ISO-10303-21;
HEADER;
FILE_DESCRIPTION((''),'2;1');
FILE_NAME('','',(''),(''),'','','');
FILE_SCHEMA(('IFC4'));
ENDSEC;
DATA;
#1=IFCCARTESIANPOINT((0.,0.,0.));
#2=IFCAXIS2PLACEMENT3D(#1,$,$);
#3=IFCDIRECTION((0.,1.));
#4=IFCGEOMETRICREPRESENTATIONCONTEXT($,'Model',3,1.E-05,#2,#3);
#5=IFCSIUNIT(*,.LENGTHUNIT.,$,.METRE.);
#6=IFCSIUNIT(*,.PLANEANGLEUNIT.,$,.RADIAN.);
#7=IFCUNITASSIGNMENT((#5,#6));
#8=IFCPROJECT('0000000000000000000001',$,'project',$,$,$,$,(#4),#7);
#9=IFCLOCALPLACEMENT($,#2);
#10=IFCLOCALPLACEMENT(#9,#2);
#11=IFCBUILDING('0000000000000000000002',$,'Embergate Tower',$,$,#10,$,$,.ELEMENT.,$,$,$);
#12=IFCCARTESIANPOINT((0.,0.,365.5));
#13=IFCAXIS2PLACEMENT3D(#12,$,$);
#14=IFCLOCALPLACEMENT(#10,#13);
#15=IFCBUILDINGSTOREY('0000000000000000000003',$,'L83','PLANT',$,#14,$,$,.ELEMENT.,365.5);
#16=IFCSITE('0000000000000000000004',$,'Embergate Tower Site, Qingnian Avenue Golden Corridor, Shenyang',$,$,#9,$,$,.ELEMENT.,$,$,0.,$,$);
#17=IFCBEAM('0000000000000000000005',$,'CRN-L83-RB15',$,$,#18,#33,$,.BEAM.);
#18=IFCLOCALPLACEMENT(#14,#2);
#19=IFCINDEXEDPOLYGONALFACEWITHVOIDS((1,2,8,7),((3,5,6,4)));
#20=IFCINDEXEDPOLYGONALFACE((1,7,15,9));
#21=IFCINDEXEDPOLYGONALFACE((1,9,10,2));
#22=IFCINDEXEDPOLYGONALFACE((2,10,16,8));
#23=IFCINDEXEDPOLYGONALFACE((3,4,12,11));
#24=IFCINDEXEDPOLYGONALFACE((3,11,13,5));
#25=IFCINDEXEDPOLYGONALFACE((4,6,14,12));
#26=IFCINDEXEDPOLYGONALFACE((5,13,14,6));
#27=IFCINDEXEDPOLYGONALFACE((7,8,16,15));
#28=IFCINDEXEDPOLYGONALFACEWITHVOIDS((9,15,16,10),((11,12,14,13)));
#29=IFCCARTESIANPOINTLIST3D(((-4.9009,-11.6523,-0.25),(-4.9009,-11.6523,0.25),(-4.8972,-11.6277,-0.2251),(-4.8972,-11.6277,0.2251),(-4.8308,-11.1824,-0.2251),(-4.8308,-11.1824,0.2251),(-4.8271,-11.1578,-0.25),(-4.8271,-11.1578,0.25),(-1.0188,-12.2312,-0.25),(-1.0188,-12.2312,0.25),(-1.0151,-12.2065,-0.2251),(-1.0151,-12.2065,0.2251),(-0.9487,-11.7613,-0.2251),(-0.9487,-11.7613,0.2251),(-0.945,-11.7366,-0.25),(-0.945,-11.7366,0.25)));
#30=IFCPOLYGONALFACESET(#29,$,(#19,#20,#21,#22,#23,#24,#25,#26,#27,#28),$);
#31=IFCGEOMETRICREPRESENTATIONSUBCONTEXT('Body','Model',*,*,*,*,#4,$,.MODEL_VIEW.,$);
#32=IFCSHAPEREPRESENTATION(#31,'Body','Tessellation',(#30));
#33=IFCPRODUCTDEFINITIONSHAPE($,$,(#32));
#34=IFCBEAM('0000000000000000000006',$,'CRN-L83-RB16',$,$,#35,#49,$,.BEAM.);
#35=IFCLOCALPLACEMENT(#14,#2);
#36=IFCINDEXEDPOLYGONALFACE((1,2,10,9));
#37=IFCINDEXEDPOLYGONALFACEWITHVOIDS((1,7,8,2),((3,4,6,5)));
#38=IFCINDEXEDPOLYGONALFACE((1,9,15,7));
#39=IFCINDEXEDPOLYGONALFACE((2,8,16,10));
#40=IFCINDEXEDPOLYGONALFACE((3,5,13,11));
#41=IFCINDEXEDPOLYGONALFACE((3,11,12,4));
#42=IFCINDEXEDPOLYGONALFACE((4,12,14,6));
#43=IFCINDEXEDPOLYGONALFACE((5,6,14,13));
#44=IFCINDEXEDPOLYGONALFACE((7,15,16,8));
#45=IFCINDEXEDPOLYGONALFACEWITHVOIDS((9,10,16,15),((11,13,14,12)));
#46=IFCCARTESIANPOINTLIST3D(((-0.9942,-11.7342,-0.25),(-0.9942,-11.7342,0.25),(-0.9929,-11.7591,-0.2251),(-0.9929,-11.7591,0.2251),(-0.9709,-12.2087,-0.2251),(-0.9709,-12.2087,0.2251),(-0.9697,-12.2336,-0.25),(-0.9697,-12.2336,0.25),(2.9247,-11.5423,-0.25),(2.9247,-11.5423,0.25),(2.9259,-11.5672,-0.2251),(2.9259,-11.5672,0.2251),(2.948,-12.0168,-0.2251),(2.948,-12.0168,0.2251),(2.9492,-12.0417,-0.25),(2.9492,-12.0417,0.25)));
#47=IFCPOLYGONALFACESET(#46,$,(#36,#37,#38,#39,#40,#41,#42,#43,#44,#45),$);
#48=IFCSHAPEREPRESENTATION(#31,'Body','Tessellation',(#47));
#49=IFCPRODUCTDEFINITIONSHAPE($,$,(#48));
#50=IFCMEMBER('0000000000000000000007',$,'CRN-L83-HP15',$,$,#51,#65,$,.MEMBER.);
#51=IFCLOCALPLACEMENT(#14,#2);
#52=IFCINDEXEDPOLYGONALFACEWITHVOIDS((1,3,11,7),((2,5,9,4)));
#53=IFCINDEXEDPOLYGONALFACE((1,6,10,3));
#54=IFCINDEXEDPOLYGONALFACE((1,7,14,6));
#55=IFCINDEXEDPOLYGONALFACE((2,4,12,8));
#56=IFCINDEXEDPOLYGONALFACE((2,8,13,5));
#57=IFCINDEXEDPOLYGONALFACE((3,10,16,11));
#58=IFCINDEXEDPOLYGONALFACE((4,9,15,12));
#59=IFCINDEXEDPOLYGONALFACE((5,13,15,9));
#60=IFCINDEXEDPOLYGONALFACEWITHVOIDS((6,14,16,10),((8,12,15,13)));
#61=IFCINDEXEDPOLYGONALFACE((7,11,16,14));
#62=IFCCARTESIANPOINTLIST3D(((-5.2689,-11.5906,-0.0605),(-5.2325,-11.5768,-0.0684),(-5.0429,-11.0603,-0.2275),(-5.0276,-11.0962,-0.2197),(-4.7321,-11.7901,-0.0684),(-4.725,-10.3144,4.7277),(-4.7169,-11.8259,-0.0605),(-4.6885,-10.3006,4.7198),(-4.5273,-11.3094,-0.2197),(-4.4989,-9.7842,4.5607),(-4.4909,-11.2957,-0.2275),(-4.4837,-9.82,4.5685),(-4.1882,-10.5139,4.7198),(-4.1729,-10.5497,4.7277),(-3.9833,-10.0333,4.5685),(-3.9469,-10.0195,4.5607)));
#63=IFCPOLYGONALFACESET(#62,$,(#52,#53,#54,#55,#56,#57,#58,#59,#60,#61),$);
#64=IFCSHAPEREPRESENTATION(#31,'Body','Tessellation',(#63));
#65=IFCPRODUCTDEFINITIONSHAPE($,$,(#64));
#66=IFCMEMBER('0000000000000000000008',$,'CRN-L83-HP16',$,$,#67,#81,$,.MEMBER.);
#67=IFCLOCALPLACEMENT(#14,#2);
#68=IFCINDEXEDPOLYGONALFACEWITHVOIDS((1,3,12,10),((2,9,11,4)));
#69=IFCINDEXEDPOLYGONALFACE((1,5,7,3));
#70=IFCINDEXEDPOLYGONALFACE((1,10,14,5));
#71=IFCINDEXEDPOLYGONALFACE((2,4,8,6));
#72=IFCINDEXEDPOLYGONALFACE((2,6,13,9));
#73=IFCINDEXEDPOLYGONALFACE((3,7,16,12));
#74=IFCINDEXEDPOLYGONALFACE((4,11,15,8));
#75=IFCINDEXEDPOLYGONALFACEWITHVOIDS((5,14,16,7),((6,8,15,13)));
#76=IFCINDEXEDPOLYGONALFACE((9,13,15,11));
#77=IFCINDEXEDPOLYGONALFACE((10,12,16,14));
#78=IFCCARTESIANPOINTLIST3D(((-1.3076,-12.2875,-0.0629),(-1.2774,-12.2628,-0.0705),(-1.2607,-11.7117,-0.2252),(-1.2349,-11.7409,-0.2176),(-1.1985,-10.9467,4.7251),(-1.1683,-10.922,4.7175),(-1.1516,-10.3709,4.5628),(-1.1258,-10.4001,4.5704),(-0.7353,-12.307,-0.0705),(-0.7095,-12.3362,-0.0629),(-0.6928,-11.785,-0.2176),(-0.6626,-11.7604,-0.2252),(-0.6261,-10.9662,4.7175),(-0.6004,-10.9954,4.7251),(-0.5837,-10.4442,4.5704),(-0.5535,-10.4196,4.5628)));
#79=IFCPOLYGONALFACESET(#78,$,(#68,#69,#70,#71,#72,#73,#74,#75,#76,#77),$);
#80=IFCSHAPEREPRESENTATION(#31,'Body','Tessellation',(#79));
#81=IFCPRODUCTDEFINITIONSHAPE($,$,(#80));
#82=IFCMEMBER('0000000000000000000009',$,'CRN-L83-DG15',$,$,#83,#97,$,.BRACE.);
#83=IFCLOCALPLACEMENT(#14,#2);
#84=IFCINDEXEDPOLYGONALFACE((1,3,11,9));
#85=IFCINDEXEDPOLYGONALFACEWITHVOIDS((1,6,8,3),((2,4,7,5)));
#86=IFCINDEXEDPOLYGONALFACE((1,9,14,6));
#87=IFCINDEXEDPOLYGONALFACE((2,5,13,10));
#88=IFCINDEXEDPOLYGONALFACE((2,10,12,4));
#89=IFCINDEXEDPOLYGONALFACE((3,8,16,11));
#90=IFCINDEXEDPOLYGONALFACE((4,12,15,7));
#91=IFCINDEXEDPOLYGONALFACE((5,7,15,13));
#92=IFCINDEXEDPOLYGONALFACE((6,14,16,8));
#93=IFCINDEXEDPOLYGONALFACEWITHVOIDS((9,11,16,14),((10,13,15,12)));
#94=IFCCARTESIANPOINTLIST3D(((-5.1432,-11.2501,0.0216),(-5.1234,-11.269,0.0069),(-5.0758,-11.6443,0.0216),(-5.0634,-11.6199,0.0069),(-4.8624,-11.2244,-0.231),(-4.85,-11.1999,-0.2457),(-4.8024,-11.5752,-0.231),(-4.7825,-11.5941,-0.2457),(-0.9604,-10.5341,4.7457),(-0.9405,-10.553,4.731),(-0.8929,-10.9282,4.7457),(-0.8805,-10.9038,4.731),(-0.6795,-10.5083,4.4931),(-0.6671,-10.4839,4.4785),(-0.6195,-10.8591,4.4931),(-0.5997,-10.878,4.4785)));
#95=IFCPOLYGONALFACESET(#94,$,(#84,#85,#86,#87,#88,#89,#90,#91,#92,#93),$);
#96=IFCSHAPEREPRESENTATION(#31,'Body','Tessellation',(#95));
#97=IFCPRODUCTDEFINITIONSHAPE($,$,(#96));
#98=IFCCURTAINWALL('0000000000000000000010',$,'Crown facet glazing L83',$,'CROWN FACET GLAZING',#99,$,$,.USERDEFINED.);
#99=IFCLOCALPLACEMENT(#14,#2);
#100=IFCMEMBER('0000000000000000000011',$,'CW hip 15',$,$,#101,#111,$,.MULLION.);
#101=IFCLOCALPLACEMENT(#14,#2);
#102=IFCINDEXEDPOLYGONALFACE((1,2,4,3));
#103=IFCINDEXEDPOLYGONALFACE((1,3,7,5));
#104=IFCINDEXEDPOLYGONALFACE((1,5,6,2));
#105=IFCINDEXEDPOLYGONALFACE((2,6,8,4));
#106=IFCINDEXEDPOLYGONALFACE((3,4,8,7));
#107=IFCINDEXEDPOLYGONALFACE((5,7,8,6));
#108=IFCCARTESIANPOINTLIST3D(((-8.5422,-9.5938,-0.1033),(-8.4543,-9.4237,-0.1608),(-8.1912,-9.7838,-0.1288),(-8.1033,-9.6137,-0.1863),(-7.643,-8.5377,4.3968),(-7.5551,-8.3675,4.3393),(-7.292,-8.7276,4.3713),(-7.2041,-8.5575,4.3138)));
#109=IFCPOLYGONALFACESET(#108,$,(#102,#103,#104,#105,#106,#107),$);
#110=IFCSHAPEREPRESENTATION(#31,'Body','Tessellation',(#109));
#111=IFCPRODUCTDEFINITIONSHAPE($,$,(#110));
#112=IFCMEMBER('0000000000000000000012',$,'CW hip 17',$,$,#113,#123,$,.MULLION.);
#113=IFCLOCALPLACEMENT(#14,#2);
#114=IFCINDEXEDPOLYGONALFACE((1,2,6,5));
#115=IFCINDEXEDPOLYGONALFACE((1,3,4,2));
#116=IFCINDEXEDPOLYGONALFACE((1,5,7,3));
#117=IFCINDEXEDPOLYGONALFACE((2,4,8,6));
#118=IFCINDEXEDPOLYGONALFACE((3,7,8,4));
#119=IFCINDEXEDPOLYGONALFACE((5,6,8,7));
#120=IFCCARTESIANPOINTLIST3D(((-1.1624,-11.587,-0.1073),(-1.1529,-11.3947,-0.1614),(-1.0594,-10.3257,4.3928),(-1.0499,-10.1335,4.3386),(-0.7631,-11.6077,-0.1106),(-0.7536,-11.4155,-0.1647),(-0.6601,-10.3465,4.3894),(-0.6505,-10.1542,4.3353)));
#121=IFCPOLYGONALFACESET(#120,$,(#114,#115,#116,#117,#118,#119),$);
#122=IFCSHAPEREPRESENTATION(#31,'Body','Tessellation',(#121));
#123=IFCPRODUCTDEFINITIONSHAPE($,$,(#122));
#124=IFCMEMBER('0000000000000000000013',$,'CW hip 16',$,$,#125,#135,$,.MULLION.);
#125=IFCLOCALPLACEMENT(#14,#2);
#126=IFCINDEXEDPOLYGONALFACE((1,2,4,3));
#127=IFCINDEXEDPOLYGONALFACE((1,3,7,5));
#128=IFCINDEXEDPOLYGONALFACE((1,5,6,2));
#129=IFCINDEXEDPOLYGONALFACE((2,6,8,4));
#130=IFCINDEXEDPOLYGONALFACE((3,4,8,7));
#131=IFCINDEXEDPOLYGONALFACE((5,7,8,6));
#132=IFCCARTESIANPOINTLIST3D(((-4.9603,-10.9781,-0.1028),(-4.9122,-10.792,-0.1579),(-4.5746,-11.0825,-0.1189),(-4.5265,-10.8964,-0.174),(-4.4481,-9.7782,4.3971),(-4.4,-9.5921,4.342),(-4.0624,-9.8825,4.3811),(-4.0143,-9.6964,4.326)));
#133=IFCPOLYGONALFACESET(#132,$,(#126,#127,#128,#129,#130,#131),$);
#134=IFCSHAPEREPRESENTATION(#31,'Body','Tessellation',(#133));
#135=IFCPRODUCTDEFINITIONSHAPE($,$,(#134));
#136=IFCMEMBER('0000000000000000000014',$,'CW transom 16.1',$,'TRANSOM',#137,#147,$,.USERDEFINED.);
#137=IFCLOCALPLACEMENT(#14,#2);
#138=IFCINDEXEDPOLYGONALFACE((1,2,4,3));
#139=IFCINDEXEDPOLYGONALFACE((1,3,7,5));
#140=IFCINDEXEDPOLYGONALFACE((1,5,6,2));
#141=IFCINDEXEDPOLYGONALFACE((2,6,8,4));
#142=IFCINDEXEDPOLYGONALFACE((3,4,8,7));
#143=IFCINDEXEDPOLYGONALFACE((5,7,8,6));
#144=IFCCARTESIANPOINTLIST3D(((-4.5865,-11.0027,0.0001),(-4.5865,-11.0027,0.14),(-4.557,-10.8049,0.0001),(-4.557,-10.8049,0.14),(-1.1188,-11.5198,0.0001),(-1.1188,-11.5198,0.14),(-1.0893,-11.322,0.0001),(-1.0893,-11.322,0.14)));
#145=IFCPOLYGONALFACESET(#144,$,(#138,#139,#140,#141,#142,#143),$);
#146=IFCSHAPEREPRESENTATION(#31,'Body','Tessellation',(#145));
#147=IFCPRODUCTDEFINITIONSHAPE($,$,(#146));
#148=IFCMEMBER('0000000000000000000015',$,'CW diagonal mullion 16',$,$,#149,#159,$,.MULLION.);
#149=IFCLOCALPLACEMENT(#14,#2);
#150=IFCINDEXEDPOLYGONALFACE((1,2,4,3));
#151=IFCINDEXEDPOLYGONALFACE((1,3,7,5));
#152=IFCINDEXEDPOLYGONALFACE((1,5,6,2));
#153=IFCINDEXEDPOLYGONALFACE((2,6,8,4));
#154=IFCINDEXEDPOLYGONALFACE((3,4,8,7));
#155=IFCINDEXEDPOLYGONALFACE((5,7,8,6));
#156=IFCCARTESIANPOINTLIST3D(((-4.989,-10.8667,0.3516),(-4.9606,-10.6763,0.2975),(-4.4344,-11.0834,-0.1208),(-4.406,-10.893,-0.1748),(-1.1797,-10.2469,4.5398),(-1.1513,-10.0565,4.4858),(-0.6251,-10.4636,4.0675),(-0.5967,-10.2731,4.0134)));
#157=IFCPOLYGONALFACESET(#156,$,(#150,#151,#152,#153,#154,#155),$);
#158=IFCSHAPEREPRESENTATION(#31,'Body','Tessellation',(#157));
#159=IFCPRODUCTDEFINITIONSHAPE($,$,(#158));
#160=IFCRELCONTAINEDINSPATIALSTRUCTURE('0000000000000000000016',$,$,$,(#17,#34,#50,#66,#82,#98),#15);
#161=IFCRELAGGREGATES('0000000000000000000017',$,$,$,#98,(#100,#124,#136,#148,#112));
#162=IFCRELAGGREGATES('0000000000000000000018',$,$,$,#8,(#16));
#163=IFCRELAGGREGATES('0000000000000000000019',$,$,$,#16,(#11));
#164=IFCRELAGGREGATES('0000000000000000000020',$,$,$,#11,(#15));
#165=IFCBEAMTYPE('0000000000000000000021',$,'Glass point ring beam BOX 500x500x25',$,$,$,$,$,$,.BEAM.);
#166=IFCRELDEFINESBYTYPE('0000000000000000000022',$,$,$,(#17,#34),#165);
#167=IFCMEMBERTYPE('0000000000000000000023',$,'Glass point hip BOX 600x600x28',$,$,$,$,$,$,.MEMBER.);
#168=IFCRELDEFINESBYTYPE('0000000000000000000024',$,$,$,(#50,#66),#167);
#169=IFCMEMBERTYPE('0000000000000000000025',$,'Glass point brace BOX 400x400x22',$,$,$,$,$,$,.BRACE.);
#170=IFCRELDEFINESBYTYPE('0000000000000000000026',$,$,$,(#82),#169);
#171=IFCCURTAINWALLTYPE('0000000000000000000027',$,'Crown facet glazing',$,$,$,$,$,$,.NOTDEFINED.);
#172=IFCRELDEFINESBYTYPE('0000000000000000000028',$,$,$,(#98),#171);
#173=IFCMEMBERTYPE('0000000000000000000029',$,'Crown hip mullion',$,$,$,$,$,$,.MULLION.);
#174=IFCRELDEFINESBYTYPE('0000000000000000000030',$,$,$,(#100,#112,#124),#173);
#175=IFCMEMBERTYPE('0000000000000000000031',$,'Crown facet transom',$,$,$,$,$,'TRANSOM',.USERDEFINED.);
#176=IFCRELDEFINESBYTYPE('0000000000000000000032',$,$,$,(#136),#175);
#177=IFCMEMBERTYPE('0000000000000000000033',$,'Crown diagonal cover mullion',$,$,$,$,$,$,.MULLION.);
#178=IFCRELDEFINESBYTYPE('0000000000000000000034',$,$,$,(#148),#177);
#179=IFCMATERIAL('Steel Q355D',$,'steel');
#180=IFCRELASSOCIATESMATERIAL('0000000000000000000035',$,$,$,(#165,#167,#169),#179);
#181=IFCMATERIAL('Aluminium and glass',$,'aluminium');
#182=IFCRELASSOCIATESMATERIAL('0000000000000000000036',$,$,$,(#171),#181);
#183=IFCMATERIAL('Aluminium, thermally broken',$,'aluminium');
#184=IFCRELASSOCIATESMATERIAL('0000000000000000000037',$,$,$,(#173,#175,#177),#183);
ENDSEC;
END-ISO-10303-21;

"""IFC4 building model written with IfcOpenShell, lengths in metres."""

from ifc_helpers import new_model, si_unit, direction, frame, origin, origin_2d, place, context, subcontext, project, spatial, rectangle, hollow_rectangle, extrude, source, transform, mapped, material, material_profile, profile_set, type_object, element, aggregate, save


model = new_model("IFC4")

# Units and contexts
model_context = context("Model", 3, precision=1e-05, world=origin(), true_north=direction((0.0, 1.0)))
body_context = subcontext(model_context, "Body", "Model", "MODEL_VIEW")
ifc_project = project(units=[si_unit("LENGTHUNIT", "METRE"), si_unit("PLANEANGLEUNIT", "RADIAN")], contexts=[model_context])

# Site, building, storey
site_placement = place(None, origin())
site = spatial("IfcSite", under=ifc_project, at=site_placement, Name="Embergate Tower Site, Qingnian Avenue Golden Corridor, Shenyang", CompositionType="ELEMENT", RefElevation=0.0)
building_placement = place(site_placement, origin())
building = spatial("IfcBuilding", under=site, at=building_placement, Name="Embergate Tower", CompositionType="ELEMENT")
storey_placement = place(building_placement, frame((0.0, 0.0, 365.5)))
storey = spatial("IfcBuildingStorey", under=building, at=storey_placement, Name="L83", Description="PLANT", CompositionType="ELEMENT", Elevation=365.5)

# Beams
ifc_material_1 = material(Name="Steel Q355D", Category="steel")
ifc_material_profile_1 = material_profile(ifc_material_1, hollow_rectangle(XDim=0.5, YDim=0.5, WallThickness=0.0249, at=origin_2d()), Name="BOX 500x500x25")
ifc_profile_set_1 = profile_set([ifc_material_profile_1], Name="Steel Q355 grade D")
beam_type = type_object("IfcBeamType", Name="Glass point ring beam BOX 500x500x25", PredefinedType="BEAM", material=ifc_profile_set_1)
shared_shape_1 = source(origin(), body_context, "Body", "SweptSolid", [
    extrude(hollow_rectangle(XDim=0.5, YDim=0.5, WallThickness=0.0249, at=origin_2d()), origin(), (0.0, 0.0, 1.0), 3.925),
])
beam_1_placement = place(storey_placement, frame((-4.864, -11.405, 0.0), z_axis=(0.989065, -0.14748, 0.0), x_axis=(0.14748, 0.989065, 0.0)))
element("IfcBeam", 1, at=beam_1_placement, inside=storey, type_object=beam_type, Name="CRN-L83-RB15", PredefinedType="BEAM", context=body_context, shape_type="MappedRepresentation", body=[
    mapped(shared_shape_1, transform((0.0, 0.0, 0.0))),
])
shared_shape_2 = source(origin(), body_context, "Body", "SweptSolid", [
    extrude(hollow_rectangle(XDim=0.5, YDim=0.5, WallThickness=0.0249, at=origin_2d()), origin(), (0.0, 0.0, 1.0), 3.9236),
])
beam_2_placement = place(storey_placement, frame((-0.9819, -11.9839, 0.0), z_axis=(0.998803, 0.048907, 0.0), x_axis=(-0.048907, 0.998803, 0.0)))
element("IfcBeam", 2, at=beam_2_placement, inside=storey, type_object=beam_type, Name="CRN-L83-RB16", PredefinedType="BEAM", context=body_context, shape_type="MappedRepresentation", body=[
    mapped(shared_shape_2, transform((0.0, 0.0, 0.0))),
])

# Members
ifc_material_profile_2 = material_profile(ifc_material_1, hollow_rectangle(XDim=0.6001, YDim=0.6001, WallThickness=0.0281, at=origin_2d()), Name="BOX 600x600x28")
ifc_profile_set_2 = profile_set([ifc_material_profile_2], Name="Steel Q355 grade D")
member_type_1 = type_object("IfcMemberType", Name="Glass point hip BOX 600x600x28", PredefinedType="MEMBER", material=ifc_profile_set_2)
shared_shape_3 = source(origin(), body_context, "Body", "SweptSolid", [
    extrude(hollow_rectangle(XDim=0.6001, YDim=0.6001, WallThickness=0.0281, at=origin_2d()), origin(), (0.0, 0.0, 1.0), 4.9851),
])
member_1_placement = place(storey_placement, frame((-4.8799, -11.4431, -0.144), z_axis=(0.109117, 0.255993, 0.9605), x_axis=(-0.919917, 0.392113, 0.0)))
element("IfcMember", 3, at=member_1_placement, inside=storey, type_object=member_type_1, Name="CRN-L83-HP15", PredefinedType="MEMBER", context=body_context, shape_type="MappedRepresentation", body=[
    mapped(shared_shape_3, transform((0.0, 0.0, 0.0))),
])
shared_shape_4 = source(origin(), body_context, "Body", "SweptSolid", [
    extrude(hollow_rectangle(XDim=0.6001, YDim=0.6001, WallThickness=0.0281, at=origin_2d()), origin(), (0.0, 0.0, 1.0), 4.9734),
])
member_2_placement = place(storey_placement, frame((-0.9851, -12.0239, -0.144), z_axis=(0.021943, 0.269594, 0.962724), x_axis=(-0.996704, 0.081123, 0.0)))
element("IfcMember", 4, at=member_2_placement, inside=storey, type_object=member_type_1, Name="CRN-L83-HP16", PredefinedType="MEMBER", context=body_context, shape_type="MappedRepresentation", body=[
    mapped(shared_shape_4, transform((0.0, 0.0, 0.0))),
])
ifc_material_profile_3 = material_profile(ifc_material_1, hollow_rectangle(XDim=0.3999, YDim=0.3999, WallThickness=0.022, at=origin_2d()), Name="BOX 400x400x22")
ifc_profile_set_3 = profile_set([ifc_material_profile_3], Name="Steel Q355 grade D")
member_type_2 = type_object("IfcMemberType", Name="Glass point brace BOX 400x400x22", PredefinedType="BRACE", material=ifc_profile_set_3)
shared_shape_5 = source(origin(), body_context, "Body", "SweptSolid", [
    extrude(hollow_rectangle(XDim=0.3999, YDim=0.3999, WallThickness=0.022, at=origin_2d()), origin(), (0.0, 0.0, 1.0), 6.3503),
])
member_3_placement = place(storey_placement, frame((-4.9629, -11.4221, -0.1121), z_axis=(0.658686, 0.112761, 0.74392), x_axis=(-0.168735, 0.985661, 0.0)))
element("IfcMember", 5, at=member_3_placement, inside=storey, type_object=member_type_2, Name="CRN-L83-DG15", PredefinedType="BRACE", context=body_context, shape_type="MappedRepresentation", body=[
    mapped(shared_shape_5, transform((0.0, 0.0, 0.0))),
])

# Curtain wall, members
ifc_material_2 = material(Name="Aluminium and glass", Category="aluminium")
curtain_wall_type = type_object("IfcCurtainWallType", Name="Crown facet glazing", PredefinedType="NOTDEFINED", material=ifc_material_2)
curtain_wall_placement = place(storey_placement, origin())
curtain_wall = element("IfcCurtainWall", 6, at=curtain_wall_placement, inside=storey, type_object=curtain_wall_type, Name="Crown facet glazing L83", ObjectType="CROWN FACET GLAZING", PredefinedType="USERDEFINED")
ifc_material_3 = material(Name="Aluminium, thermally broken", Category="aluminium")
ifc_material_profile_4 = material_profile(ifc_material_3, rectangle(XDim=0.2, YDim=0.3999, at=origin_2d()), Name="AL 400x200")
ifc_profile_set_4 = profile_set([ifc_material_profile_4], Name="Aluminium, thermally broken")
member_type_3 = type_object("IfcMemberType", Name="Crown hip mullion", PredefinedType="MULLION", material=ifc_profile_set_4)
shared_shape_6 = source(origin(), body_context, "Body", "SweptSolid", [
    extrude(rectangle(XDim=0.2, YDim=0.3999, at=origin_2d()), origin(), (0.0, 0.0, 1.0), 4.709),
])
member_4_placement = place(storey_placement, frame((-8.3228, -9.6038, -0.1448), z_axis=(0.19095, 0.224287, 0.955632), x_axis=(-0.439623, -0.850909, 0.287552)))
member_4 = element("IfcMember", 7, at=member_4_placement, type_object=member_type_3, Name="CW hip 15", PredefinedType="MULLION", context=body_context, shape_type="MappedRepresentation", body=[
    mapped(shared_shape_6, transform((0.0, 0.0, 0.0))),
])
shared_shape_7 = source(origin(), body_context, "Body", "SweptSolid", [
    extrude(rectangle(XDim=0.2, YDim=0.3999, at=origin_2d()), origin(), (0.0, 0.0, 1.0), 4.6746),
])
member_5_placement = place(storey_placement, frame((-0.958, -11.5012, -0.136), z_axis=(0.02204, 0.269809, 0.962662), x_axis=(-0.04767, -0.961517, 0.270579)))
member_5 = element("IfcMember", 8, at=member_5_placement, type_object=member_type_3, Name="CW hip 17", PredefinedType="MULLION", context=body_context, shape_type="MappedRepresentation", body=[
    mapped(shared_shape_7, transform((0.0, 0.0, 0.0))),
])
shared_shape_8 = source(origin(), body_context, "Body", "SweptSolid", [
    extrude(rectangle(XDim=0.2, YDim=0.3999, at=origin_2d()), origin(), (0.0, 0.0, 1.0), 4.6853),
])
member_6_placement = place(storey_placement, frame((-4.7434, -10.9373, -0.1384), z_axis=(0.109322, 0.256109, 0.960446), x_axis=(-0.240261, -0.930779, 0.275545)))
member_6 = element("IfcMember", 9, at=member_6_placement, type_object=member_type_3, Name="CW hip 16", PredefinedType="MULLION", context=body_context, shape_type="MappedRepresentation", body=[
    mapped(shared_shape_8, transform((0.0, 0.0, 0.0))),
])
ifc_material_profile_5 = material_profile(ifc_material_3, rectangle(XDim=0.2, YDim=0.1399, at=origin_2d()), Name="AL 140x200")
ifc_profile_set_5 = profile_set([ifc_material_profile_5], Name="Aluminium, thermally broken")
member_type_4 = type_object("IfcMemberType", Name="Crown facet transom", ElementType="TRANSOM", PredefinedType="USERDEFINED", material=ifc_profile_set_5)
shared_shape_9 = source(origin(), body_context, "Body", "SweptSolid", [
    extrude(rectangle(XDim=0.2, YDim=0.1399, at=origin_2d()), origin(), (0.0, 0.0, 1.0), 3.5061),
])
member_7_placement = place(storey_placement, frame((-4.5718, -10.9038, 0.0701), z_axis=(0.989065, -0.147482, 0.0), x_axis=(0.147482, 0.989065, 0.0)))
member_7 = element("IfcMember", 10, at=member_7_placement, type_object=member_type_4, Name="CW transom 16.1", ObjectType="TRANSOM", PredefinedType="USERDEFINED", context=body_context, shape_type="MappedRepresentation", body=[
    mapped(shared_shape_9, transform((0.0, 0.0, 0.0))),
])
ifc_material_profile_6 = material_profile(ifc_material_3, rectangle(XDim=0.2, YDim=0.76, at=origin_2d()), Name="AL 760x200")
ifc_profile_set_6 = profile_set([ifc_material_profile_6], Name="Aluminium, thermally broken")
member_type_5 = type_object("IfcMemberType", Name="Crown diagonal cover mullion", PredefinedType="MULLION", material=ifc_profile_set_6)
shared_shape_10 = source(origin(), body_context, "Body", "SweptSolid", [
    extrude(rectangle(XDim=0.2, YDim=0.76, at=origin_2d()), origin(), (0.0, 0.0, 1.0), 5.6953),
])
member_8_placement = place(storey_placement, frame((-4.6975, -10.8799, 0.0884), z_axis=(0.668854, 0.108839, 0.735383), x_axis=(-0.142027, -0.952294, 0.270121)))
member_8 = element("IfcMember", 11, at=member_8_placement, type_object=member_type_5, Name="CW diagonal mullion 16", PredefinedType="MULLION", context=body_context, shape_type="MappedRepresentation", body=[
    mapped(shared_shape_10, transform((0.0, 0.0, 0.0))),
])

aggregate(curtain_wall, [member_4, member_6, member_7, member_8, member_5])

save(model, "model.ifc")
